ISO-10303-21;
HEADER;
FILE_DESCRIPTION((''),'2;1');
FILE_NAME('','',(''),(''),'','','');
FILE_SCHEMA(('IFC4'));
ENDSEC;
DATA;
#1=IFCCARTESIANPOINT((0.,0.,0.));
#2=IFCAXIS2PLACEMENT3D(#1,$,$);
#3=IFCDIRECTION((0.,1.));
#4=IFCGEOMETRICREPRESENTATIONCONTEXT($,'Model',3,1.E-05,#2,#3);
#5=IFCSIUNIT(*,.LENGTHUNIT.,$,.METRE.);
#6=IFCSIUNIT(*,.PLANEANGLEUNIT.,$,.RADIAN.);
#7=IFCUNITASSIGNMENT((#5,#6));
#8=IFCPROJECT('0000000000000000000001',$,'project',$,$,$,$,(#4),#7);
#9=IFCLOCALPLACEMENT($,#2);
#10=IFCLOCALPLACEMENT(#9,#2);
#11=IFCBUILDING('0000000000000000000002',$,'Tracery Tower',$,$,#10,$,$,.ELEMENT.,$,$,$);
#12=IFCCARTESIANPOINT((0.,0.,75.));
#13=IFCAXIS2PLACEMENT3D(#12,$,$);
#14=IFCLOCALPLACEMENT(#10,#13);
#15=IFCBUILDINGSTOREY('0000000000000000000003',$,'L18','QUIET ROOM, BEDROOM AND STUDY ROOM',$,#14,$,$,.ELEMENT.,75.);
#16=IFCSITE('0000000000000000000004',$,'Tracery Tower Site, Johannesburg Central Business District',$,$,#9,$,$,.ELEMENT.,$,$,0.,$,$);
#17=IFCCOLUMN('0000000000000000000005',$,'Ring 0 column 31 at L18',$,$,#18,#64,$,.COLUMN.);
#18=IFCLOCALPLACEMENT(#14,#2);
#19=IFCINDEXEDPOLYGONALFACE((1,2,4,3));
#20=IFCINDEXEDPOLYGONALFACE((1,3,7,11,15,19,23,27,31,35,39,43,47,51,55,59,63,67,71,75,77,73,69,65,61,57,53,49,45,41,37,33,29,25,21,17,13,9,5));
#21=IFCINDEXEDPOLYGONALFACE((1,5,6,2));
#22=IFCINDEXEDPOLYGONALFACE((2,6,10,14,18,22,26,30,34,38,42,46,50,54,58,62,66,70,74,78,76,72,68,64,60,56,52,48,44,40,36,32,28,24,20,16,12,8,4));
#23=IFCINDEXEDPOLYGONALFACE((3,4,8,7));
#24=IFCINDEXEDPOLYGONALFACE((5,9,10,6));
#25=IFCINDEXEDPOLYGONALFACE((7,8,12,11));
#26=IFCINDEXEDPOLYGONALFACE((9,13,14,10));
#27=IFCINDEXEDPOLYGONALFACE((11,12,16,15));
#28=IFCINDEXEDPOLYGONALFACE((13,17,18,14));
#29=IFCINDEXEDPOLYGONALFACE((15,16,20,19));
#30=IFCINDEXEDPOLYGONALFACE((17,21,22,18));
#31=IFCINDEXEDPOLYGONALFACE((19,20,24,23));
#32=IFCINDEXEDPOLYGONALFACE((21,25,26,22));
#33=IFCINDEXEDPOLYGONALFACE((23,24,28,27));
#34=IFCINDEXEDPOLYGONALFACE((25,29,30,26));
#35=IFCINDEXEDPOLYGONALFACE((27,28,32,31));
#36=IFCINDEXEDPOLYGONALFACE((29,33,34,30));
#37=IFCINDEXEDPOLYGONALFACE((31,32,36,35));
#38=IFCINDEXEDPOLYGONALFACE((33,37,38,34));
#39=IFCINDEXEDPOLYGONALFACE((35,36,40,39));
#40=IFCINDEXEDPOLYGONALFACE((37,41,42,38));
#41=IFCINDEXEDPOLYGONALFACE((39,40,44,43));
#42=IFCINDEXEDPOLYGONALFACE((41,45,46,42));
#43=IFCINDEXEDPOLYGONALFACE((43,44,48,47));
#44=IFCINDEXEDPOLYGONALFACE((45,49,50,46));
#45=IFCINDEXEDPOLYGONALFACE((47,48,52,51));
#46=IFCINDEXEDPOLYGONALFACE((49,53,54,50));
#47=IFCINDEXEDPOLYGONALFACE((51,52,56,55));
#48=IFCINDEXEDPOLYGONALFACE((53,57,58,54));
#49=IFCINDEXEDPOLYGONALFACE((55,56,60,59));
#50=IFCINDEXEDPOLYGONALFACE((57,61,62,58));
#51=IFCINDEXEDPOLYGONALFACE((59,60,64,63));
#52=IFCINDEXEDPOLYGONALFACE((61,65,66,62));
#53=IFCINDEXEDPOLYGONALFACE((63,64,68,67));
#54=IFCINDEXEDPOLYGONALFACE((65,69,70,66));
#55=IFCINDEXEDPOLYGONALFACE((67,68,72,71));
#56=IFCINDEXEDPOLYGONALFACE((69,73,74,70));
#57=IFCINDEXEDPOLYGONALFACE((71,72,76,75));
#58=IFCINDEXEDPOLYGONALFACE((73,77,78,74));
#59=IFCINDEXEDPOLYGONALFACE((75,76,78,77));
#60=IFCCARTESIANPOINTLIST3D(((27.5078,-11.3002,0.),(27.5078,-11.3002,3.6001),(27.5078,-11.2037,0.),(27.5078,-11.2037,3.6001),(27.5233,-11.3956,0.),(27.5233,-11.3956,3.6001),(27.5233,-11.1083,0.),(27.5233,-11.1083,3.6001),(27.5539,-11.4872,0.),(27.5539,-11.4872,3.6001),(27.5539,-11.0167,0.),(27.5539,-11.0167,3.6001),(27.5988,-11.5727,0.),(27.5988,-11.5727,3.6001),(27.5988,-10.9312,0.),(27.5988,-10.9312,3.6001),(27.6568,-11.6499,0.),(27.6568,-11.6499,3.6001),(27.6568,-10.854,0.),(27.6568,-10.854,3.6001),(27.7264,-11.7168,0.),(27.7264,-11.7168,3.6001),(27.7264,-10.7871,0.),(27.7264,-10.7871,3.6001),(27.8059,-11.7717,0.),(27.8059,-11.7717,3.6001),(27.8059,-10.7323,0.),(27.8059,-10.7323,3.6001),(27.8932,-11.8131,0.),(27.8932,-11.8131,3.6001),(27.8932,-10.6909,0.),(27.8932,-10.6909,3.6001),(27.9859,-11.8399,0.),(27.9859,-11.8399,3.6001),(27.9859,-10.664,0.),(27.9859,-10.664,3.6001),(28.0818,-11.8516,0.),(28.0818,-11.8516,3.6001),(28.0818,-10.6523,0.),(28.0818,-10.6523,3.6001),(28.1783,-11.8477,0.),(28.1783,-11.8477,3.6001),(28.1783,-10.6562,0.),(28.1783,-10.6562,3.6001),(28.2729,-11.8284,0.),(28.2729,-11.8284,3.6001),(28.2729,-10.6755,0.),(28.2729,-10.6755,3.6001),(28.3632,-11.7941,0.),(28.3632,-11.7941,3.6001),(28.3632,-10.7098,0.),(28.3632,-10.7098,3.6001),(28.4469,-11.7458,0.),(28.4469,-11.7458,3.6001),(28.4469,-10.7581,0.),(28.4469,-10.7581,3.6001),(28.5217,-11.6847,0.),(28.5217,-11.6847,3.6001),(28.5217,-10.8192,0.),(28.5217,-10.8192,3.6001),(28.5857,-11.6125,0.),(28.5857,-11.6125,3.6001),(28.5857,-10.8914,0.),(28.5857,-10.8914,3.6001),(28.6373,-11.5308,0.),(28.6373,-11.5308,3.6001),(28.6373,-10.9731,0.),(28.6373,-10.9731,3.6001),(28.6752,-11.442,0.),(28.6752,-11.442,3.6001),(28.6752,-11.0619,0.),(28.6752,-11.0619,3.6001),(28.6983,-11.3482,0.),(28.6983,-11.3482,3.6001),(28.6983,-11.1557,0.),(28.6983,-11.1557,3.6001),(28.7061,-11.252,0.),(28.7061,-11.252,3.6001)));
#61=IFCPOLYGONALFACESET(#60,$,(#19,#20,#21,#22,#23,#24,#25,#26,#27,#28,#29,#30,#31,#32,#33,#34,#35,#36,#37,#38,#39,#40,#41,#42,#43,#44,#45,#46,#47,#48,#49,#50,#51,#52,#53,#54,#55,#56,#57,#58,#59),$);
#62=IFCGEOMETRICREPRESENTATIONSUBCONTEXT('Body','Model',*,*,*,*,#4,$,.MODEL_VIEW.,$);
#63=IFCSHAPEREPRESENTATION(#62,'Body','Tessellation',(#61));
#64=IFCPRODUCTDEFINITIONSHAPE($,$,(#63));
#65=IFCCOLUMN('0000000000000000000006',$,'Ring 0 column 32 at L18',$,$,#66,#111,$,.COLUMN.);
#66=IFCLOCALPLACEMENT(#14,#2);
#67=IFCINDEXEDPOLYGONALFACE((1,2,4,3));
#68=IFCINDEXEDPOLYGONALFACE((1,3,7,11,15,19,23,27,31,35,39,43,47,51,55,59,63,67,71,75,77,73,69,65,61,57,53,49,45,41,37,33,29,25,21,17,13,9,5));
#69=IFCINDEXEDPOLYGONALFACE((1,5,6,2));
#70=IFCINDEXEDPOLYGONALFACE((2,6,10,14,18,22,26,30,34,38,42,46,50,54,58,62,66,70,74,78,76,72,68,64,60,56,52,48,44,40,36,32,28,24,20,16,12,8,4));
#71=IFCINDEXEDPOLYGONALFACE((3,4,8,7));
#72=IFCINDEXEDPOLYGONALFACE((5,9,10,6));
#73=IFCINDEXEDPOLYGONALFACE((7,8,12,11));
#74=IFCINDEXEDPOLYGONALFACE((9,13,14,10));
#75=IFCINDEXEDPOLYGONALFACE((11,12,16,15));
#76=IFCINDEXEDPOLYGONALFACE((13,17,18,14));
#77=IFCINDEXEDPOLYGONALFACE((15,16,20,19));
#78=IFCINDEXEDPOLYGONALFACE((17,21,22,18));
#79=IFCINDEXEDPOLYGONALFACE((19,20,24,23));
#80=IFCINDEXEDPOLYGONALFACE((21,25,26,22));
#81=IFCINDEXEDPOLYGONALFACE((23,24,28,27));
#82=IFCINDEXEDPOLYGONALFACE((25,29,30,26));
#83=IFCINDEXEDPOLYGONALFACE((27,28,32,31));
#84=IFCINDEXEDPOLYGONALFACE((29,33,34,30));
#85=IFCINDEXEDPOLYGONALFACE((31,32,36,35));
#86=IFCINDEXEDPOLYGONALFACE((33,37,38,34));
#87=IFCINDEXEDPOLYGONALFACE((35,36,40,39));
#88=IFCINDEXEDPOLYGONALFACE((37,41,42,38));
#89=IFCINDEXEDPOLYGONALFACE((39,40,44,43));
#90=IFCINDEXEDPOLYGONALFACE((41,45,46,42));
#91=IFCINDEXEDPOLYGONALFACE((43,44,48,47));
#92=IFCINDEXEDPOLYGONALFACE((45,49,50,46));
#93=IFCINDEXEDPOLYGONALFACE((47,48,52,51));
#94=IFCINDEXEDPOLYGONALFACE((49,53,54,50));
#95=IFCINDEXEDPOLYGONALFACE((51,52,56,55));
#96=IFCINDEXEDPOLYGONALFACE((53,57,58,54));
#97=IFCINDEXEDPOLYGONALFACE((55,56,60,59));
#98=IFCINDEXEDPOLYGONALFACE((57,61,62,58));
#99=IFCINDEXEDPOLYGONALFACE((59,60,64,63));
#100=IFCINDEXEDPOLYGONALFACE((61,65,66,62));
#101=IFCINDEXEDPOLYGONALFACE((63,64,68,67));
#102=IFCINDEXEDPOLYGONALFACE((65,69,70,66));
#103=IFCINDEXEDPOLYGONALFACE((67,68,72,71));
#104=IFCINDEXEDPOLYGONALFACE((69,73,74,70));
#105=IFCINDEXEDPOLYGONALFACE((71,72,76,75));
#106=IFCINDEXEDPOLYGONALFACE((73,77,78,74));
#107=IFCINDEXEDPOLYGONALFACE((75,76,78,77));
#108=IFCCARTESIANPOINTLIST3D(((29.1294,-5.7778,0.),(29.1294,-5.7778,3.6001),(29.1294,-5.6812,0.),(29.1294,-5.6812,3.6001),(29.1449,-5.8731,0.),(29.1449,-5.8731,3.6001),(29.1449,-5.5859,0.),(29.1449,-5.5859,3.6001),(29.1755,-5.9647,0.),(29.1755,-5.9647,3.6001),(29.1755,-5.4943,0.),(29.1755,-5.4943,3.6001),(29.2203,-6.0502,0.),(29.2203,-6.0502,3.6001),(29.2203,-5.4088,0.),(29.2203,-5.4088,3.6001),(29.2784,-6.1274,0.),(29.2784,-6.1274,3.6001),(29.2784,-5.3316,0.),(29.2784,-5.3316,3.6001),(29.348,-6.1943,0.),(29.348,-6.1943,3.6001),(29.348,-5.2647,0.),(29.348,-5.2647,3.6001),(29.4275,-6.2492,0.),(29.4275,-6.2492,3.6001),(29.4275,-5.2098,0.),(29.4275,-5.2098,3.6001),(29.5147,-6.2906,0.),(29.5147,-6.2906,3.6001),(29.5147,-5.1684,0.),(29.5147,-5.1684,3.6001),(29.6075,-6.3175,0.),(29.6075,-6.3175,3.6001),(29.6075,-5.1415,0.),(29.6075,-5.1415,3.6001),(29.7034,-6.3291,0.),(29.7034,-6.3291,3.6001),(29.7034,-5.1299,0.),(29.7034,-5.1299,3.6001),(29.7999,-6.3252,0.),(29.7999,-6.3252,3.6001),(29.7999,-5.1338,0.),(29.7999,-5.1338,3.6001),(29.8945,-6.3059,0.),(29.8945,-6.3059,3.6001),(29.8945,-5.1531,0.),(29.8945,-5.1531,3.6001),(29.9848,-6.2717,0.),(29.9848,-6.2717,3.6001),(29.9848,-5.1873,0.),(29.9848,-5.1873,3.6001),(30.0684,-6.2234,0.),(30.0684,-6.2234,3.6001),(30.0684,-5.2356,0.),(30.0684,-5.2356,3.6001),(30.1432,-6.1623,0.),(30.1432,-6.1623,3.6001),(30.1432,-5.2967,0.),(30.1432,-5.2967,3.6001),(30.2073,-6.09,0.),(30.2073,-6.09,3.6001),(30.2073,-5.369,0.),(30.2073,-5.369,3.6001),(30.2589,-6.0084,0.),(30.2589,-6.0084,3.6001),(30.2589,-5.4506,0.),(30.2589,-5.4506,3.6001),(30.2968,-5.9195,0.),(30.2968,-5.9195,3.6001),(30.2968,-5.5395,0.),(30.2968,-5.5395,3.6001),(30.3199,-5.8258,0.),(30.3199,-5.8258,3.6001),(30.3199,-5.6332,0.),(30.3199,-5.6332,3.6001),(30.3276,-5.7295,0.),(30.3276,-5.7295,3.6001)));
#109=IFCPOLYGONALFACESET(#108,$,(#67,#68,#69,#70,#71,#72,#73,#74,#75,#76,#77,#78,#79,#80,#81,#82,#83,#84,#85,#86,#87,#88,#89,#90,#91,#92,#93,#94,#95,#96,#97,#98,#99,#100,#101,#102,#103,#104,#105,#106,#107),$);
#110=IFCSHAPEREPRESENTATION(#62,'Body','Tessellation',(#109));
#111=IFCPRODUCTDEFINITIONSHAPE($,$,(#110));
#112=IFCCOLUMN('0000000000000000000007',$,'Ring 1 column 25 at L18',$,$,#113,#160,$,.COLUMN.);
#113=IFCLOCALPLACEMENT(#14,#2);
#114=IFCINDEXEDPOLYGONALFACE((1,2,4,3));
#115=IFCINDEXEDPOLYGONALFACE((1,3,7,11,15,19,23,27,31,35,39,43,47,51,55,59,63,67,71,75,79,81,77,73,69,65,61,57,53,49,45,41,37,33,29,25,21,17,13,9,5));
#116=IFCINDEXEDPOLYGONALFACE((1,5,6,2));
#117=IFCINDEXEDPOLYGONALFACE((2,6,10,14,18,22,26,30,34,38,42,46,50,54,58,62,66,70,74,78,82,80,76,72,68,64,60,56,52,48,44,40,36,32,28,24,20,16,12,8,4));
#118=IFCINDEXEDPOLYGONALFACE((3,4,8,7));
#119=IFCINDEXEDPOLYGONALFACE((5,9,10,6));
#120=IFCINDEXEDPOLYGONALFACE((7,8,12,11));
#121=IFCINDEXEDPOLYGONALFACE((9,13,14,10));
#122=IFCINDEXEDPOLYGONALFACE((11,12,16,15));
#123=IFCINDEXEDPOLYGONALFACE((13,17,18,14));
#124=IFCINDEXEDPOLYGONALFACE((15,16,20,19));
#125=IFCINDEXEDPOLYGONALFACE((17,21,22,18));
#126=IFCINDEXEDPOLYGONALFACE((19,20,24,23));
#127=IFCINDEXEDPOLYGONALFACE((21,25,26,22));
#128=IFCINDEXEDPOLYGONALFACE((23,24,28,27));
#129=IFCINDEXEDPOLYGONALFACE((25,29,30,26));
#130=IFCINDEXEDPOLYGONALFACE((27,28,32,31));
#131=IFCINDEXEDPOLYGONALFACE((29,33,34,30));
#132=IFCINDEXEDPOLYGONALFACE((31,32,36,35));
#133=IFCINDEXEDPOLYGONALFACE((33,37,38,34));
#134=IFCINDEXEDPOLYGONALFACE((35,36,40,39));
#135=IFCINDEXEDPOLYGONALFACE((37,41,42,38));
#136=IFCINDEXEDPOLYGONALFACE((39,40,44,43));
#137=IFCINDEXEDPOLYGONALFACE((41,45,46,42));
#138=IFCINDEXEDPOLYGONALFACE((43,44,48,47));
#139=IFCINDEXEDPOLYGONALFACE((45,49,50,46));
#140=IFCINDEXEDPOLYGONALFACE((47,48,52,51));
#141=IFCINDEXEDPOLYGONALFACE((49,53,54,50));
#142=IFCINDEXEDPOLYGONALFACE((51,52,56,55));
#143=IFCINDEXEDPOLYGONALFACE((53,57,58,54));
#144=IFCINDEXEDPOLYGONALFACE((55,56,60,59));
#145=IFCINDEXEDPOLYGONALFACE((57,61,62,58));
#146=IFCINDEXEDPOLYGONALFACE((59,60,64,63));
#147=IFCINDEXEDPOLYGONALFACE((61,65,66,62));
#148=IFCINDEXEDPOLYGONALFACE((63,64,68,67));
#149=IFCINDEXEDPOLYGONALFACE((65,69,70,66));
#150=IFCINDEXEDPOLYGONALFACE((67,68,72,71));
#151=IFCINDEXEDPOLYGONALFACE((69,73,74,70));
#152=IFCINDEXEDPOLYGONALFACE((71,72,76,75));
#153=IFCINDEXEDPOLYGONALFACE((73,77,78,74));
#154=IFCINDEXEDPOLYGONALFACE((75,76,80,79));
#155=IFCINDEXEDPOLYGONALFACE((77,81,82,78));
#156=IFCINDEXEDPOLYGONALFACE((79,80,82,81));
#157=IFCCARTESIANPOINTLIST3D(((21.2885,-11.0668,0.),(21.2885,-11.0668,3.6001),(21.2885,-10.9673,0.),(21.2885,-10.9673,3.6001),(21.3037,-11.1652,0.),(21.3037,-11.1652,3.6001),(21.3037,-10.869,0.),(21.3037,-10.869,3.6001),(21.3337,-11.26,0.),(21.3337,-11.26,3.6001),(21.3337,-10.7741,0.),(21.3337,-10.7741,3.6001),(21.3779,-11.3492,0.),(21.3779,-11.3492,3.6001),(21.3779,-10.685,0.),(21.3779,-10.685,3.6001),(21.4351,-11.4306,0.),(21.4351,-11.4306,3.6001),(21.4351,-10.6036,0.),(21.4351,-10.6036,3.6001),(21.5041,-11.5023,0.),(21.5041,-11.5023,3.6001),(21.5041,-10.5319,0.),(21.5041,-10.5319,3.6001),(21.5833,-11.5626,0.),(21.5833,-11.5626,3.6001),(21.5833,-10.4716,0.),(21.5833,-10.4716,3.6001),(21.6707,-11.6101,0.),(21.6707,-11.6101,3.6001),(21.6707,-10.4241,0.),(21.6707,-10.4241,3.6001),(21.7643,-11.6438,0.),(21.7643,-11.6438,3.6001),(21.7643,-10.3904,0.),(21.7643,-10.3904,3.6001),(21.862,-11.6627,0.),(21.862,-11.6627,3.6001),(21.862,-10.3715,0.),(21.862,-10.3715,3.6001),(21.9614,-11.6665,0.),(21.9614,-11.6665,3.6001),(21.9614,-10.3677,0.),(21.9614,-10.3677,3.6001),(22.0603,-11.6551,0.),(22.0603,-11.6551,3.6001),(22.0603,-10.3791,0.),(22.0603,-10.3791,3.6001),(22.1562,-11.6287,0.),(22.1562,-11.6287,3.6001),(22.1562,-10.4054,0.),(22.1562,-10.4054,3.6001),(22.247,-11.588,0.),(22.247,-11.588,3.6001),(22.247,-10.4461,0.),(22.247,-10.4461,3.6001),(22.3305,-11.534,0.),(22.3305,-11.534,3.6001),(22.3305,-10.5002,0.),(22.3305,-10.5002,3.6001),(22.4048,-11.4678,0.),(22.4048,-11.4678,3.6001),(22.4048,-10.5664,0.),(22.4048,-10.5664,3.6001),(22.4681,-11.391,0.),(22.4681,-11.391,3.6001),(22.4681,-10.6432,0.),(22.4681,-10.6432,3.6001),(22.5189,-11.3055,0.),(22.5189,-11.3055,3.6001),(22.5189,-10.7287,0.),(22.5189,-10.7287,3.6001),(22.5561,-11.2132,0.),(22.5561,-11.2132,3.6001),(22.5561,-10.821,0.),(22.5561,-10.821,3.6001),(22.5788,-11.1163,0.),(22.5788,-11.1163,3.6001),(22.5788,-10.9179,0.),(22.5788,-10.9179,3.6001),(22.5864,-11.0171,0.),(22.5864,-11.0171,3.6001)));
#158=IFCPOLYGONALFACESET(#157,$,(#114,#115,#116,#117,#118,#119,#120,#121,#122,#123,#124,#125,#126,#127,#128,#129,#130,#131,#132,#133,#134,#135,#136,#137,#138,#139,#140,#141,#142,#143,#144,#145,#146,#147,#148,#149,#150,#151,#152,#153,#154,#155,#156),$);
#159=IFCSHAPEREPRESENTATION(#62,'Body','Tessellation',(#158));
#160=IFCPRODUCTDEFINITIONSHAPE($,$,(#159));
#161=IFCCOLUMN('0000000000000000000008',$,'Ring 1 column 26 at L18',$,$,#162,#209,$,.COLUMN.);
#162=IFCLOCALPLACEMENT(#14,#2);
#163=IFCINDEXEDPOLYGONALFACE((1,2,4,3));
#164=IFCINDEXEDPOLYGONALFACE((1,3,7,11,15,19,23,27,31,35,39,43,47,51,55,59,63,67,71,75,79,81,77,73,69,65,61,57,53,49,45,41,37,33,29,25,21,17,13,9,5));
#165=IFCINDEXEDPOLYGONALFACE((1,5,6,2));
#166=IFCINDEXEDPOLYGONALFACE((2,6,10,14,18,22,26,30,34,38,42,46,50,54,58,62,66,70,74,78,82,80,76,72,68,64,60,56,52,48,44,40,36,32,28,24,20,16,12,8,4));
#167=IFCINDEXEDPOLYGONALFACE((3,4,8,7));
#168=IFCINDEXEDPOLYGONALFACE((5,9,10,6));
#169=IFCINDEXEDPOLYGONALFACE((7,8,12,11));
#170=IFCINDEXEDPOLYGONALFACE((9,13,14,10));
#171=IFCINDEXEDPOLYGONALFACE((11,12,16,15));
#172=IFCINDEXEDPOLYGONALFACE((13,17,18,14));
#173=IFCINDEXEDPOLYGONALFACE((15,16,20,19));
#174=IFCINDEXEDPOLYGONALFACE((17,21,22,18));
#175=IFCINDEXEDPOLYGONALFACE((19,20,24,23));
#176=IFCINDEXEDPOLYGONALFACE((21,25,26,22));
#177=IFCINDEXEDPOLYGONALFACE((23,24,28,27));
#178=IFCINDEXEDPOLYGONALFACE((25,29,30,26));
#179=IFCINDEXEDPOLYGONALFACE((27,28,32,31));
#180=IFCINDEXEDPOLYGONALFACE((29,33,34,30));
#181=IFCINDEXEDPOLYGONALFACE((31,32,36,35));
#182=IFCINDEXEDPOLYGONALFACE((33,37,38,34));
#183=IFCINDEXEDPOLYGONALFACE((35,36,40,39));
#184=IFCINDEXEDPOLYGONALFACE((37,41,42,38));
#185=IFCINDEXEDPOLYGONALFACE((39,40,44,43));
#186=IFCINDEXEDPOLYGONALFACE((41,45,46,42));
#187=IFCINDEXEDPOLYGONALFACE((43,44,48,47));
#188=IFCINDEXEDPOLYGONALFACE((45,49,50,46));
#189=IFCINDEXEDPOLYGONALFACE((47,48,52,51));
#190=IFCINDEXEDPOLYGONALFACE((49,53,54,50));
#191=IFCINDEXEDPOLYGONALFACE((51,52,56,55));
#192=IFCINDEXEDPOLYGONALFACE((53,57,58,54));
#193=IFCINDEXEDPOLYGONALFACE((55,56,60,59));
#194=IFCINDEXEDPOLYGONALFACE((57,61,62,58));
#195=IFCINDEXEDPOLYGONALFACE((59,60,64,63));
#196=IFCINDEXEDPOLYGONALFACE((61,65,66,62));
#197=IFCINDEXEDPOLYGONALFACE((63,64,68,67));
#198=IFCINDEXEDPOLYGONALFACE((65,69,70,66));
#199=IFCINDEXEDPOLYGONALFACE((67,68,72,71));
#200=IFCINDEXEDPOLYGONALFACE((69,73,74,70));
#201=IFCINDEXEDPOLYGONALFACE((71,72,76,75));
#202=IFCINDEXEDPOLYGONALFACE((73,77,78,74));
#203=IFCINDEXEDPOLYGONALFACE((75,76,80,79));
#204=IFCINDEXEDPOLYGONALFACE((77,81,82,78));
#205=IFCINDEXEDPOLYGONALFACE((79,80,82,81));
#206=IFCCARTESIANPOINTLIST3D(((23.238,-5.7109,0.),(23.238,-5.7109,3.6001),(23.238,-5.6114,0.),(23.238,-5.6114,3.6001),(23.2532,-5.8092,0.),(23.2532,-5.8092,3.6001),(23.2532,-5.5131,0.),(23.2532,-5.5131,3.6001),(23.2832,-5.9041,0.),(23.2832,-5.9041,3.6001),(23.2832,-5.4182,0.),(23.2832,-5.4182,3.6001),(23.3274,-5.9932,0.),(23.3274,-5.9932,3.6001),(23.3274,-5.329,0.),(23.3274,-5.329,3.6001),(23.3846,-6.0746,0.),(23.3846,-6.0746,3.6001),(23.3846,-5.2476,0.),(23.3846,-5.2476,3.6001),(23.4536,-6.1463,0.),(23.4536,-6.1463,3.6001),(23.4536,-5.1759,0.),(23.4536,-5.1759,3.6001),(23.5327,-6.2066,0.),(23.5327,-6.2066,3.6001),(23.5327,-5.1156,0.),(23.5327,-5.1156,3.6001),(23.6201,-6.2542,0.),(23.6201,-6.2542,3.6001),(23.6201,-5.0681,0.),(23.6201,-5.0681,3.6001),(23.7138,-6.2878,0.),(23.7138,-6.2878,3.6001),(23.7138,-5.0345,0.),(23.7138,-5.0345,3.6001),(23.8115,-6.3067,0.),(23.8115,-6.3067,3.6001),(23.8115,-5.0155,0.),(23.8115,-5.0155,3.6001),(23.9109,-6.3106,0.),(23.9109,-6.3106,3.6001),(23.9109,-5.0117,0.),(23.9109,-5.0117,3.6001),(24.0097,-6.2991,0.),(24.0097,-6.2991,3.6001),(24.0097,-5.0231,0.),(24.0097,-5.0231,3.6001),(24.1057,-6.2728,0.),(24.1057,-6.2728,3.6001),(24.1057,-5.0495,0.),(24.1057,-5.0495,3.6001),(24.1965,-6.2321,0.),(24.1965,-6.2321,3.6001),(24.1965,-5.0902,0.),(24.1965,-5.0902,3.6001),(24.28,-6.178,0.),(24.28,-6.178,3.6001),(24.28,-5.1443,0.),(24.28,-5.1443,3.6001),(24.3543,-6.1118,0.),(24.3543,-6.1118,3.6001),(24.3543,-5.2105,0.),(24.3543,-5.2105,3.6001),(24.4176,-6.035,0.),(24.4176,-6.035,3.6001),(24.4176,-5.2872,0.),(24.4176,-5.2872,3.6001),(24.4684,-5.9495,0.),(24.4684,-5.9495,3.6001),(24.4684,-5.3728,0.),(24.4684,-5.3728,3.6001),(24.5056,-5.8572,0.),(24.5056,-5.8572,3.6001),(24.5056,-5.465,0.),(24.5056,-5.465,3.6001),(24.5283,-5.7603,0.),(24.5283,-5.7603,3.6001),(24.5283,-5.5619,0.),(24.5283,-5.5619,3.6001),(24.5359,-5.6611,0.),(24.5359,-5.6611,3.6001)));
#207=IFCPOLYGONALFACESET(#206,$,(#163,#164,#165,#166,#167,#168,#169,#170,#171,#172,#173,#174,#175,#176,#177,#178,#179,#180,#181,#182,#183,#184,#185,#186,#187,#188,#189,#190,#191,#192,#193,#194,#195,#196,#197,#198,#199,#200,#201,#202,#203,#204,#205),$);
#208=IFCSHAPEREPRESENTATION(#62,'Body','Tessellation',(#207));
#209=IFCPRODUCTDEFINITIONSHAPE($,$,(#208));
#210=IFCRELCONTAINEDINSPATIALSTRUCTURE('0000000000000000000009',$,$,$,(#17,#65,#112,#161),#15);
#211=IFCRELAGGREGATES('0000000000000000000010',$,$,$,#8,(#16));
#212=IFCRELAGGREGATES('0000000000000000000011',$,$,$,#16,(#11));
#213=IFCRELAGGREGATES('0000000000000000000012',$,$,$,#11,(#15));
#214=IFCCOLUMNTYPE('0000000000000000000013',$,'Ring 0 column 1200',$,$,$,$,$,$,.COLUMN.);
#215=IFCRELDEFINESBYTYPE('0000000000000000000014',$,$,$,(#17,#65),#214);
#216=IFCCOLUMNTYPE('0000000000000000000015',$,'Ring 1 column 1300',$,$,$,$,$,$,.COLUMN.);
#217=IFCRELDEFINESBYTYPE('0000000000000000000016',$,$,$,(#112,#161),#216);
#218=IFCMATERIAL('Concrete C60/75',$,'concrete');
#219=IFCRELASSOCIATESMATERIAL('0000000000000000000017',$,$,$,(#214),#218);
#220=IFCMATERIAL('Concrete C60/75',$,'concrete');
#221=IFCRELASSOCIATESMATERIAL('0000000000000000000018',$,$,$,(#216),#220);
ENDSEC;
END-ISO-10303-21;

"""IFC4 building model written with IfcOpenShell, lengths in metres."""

from ifc_helpers import new_model, si_unit, direction, frame, origin, origin_2d, place, context, subcontext, project, spatial, circle, extrude, material, material_profile, profile_set, type_object, element, save


model = new_model("IFC4")

# Units and contexts
model_context = context("Model", 3, precision=1e-05, world=origin(), true_north=direction((0.0, 1.0)))
body_context = subcontext(model_context, "Body", "Model", "MODEL_VIEW")
ifc_project = project(units=[si_unit("LENGTHUNIT", "METRE"), si_unit("PLANEANGLEUNIT", "RADIAN")], contexts=[model_context])

# Site, building, storey
site_placement = place(None, origin())
site = spatial("IfcSite", under=ifc_project, at=site_placement, Name="Tracery Tower Site, Johannesburg Central Business District", CompositionType="ELEMENT", RefElevation=0.0)
building_placement = place(site_placement, origin())
building = spatial("IfcBuilding", under=site, at=building_placement, Name="Tracery Tower", CompositionType="ELEMENT")
storey_placement = place(building_placement, frame((0.0, 0.0, 75.0)))
storey = spatial("IfcBuildingStorey", under=building, at=storey_placement, Name="L18", Description="QUIET ROOM, BEDROOM AND STUDY ROOM", CompositionType="ELEMENT", Elevation=75.0)

# Columns
ifc_material_1 = material(Name="Concrete C60/75", Category="concrete")
ifc_material_profile_1 = material_profile(ifc_material_1, circle(Radius=0.6001, at=origin_2d()), Name="RC D1200")
ifc_profile_set_1 = profile_set([ifc_material_profile_1], Name="Concrete C60/75")
column_type_1 = type_object("IfcColumnType", Name="Ring 0 column 1200", PredefinedType="COLUMN", material=ifc_profile_set_1)
for number, where, z_axis, x_axis, name in (
    (1, (28.106, -11.252, 0.0), (0.0, 0.0, 1.0), (1.0, 0.0, 0.0), "Ring 0 column 31 at L18"),
    (2, (29.7275, -5.7295, 0.0), (0.0, 0.0, 1.0), (1.0, 0.0, 0.0), "Ring 0 column 32 at L18"),
):
    element("IfcColumn", number, at=place(storey_placement, frame(where, z_axis=z_axis, x_axis=x_axis)), inside=storey, type_object=column_type_1, Name=name, PredefinedType="COLUMN", context=body_context, shape_type="SweptSolid", body=[
        extrude(circle(Radius=0.6001, at=origin_2d()), origin(), (0.0, 0.0, 1.0), 3.6001),
    ])
ifc_material_2 = material(Name="Concrete C60/75", Category="concrete")
ifc_material_profile_2 = material_profile(ifc_material_2, circle(Radius=0.6499, at=origin_2d()), Name="RC D1300")
ifc_profile_set_2 = profile_set([ifc_material_profile_2], Name="Concrete C60/75")
column_type_2 = type_object("IfcColumnType", Name="Ring 1 column 1300", PredefinedType="COLUMN", material=ifc_profile_set_2)
for number, where, z_axis, x_axis, name in (
    (3, (21.9365, -11.0171, 0.0), (0.0, 0.0, 1.0), (1.0, 0.0, 0.0), "Ring 1 column 25 at L18"),
    (4, (23.886, -5.6611, 0.0), (0.0, 0.0, 1.0), (1.0, 0.0, 0.0), "Ring 1 column 26 at L18"),
):
    element("IfcColumn", number, at=place(storey_placement, frame(where, z_axis=z_axis, x_axis=x_axis)), inside=storey, type_object=column_type_2, Name=name, PredefinedType="COLUMN", context=body_context, shape_type="SweptSolid", body=[
        extrude(circle(Radius=0.6499, at=origin_2d()), origin(), (0.0, 0.0, 1.0), 3.6001),
    ])

save(model, "model.ifc")
